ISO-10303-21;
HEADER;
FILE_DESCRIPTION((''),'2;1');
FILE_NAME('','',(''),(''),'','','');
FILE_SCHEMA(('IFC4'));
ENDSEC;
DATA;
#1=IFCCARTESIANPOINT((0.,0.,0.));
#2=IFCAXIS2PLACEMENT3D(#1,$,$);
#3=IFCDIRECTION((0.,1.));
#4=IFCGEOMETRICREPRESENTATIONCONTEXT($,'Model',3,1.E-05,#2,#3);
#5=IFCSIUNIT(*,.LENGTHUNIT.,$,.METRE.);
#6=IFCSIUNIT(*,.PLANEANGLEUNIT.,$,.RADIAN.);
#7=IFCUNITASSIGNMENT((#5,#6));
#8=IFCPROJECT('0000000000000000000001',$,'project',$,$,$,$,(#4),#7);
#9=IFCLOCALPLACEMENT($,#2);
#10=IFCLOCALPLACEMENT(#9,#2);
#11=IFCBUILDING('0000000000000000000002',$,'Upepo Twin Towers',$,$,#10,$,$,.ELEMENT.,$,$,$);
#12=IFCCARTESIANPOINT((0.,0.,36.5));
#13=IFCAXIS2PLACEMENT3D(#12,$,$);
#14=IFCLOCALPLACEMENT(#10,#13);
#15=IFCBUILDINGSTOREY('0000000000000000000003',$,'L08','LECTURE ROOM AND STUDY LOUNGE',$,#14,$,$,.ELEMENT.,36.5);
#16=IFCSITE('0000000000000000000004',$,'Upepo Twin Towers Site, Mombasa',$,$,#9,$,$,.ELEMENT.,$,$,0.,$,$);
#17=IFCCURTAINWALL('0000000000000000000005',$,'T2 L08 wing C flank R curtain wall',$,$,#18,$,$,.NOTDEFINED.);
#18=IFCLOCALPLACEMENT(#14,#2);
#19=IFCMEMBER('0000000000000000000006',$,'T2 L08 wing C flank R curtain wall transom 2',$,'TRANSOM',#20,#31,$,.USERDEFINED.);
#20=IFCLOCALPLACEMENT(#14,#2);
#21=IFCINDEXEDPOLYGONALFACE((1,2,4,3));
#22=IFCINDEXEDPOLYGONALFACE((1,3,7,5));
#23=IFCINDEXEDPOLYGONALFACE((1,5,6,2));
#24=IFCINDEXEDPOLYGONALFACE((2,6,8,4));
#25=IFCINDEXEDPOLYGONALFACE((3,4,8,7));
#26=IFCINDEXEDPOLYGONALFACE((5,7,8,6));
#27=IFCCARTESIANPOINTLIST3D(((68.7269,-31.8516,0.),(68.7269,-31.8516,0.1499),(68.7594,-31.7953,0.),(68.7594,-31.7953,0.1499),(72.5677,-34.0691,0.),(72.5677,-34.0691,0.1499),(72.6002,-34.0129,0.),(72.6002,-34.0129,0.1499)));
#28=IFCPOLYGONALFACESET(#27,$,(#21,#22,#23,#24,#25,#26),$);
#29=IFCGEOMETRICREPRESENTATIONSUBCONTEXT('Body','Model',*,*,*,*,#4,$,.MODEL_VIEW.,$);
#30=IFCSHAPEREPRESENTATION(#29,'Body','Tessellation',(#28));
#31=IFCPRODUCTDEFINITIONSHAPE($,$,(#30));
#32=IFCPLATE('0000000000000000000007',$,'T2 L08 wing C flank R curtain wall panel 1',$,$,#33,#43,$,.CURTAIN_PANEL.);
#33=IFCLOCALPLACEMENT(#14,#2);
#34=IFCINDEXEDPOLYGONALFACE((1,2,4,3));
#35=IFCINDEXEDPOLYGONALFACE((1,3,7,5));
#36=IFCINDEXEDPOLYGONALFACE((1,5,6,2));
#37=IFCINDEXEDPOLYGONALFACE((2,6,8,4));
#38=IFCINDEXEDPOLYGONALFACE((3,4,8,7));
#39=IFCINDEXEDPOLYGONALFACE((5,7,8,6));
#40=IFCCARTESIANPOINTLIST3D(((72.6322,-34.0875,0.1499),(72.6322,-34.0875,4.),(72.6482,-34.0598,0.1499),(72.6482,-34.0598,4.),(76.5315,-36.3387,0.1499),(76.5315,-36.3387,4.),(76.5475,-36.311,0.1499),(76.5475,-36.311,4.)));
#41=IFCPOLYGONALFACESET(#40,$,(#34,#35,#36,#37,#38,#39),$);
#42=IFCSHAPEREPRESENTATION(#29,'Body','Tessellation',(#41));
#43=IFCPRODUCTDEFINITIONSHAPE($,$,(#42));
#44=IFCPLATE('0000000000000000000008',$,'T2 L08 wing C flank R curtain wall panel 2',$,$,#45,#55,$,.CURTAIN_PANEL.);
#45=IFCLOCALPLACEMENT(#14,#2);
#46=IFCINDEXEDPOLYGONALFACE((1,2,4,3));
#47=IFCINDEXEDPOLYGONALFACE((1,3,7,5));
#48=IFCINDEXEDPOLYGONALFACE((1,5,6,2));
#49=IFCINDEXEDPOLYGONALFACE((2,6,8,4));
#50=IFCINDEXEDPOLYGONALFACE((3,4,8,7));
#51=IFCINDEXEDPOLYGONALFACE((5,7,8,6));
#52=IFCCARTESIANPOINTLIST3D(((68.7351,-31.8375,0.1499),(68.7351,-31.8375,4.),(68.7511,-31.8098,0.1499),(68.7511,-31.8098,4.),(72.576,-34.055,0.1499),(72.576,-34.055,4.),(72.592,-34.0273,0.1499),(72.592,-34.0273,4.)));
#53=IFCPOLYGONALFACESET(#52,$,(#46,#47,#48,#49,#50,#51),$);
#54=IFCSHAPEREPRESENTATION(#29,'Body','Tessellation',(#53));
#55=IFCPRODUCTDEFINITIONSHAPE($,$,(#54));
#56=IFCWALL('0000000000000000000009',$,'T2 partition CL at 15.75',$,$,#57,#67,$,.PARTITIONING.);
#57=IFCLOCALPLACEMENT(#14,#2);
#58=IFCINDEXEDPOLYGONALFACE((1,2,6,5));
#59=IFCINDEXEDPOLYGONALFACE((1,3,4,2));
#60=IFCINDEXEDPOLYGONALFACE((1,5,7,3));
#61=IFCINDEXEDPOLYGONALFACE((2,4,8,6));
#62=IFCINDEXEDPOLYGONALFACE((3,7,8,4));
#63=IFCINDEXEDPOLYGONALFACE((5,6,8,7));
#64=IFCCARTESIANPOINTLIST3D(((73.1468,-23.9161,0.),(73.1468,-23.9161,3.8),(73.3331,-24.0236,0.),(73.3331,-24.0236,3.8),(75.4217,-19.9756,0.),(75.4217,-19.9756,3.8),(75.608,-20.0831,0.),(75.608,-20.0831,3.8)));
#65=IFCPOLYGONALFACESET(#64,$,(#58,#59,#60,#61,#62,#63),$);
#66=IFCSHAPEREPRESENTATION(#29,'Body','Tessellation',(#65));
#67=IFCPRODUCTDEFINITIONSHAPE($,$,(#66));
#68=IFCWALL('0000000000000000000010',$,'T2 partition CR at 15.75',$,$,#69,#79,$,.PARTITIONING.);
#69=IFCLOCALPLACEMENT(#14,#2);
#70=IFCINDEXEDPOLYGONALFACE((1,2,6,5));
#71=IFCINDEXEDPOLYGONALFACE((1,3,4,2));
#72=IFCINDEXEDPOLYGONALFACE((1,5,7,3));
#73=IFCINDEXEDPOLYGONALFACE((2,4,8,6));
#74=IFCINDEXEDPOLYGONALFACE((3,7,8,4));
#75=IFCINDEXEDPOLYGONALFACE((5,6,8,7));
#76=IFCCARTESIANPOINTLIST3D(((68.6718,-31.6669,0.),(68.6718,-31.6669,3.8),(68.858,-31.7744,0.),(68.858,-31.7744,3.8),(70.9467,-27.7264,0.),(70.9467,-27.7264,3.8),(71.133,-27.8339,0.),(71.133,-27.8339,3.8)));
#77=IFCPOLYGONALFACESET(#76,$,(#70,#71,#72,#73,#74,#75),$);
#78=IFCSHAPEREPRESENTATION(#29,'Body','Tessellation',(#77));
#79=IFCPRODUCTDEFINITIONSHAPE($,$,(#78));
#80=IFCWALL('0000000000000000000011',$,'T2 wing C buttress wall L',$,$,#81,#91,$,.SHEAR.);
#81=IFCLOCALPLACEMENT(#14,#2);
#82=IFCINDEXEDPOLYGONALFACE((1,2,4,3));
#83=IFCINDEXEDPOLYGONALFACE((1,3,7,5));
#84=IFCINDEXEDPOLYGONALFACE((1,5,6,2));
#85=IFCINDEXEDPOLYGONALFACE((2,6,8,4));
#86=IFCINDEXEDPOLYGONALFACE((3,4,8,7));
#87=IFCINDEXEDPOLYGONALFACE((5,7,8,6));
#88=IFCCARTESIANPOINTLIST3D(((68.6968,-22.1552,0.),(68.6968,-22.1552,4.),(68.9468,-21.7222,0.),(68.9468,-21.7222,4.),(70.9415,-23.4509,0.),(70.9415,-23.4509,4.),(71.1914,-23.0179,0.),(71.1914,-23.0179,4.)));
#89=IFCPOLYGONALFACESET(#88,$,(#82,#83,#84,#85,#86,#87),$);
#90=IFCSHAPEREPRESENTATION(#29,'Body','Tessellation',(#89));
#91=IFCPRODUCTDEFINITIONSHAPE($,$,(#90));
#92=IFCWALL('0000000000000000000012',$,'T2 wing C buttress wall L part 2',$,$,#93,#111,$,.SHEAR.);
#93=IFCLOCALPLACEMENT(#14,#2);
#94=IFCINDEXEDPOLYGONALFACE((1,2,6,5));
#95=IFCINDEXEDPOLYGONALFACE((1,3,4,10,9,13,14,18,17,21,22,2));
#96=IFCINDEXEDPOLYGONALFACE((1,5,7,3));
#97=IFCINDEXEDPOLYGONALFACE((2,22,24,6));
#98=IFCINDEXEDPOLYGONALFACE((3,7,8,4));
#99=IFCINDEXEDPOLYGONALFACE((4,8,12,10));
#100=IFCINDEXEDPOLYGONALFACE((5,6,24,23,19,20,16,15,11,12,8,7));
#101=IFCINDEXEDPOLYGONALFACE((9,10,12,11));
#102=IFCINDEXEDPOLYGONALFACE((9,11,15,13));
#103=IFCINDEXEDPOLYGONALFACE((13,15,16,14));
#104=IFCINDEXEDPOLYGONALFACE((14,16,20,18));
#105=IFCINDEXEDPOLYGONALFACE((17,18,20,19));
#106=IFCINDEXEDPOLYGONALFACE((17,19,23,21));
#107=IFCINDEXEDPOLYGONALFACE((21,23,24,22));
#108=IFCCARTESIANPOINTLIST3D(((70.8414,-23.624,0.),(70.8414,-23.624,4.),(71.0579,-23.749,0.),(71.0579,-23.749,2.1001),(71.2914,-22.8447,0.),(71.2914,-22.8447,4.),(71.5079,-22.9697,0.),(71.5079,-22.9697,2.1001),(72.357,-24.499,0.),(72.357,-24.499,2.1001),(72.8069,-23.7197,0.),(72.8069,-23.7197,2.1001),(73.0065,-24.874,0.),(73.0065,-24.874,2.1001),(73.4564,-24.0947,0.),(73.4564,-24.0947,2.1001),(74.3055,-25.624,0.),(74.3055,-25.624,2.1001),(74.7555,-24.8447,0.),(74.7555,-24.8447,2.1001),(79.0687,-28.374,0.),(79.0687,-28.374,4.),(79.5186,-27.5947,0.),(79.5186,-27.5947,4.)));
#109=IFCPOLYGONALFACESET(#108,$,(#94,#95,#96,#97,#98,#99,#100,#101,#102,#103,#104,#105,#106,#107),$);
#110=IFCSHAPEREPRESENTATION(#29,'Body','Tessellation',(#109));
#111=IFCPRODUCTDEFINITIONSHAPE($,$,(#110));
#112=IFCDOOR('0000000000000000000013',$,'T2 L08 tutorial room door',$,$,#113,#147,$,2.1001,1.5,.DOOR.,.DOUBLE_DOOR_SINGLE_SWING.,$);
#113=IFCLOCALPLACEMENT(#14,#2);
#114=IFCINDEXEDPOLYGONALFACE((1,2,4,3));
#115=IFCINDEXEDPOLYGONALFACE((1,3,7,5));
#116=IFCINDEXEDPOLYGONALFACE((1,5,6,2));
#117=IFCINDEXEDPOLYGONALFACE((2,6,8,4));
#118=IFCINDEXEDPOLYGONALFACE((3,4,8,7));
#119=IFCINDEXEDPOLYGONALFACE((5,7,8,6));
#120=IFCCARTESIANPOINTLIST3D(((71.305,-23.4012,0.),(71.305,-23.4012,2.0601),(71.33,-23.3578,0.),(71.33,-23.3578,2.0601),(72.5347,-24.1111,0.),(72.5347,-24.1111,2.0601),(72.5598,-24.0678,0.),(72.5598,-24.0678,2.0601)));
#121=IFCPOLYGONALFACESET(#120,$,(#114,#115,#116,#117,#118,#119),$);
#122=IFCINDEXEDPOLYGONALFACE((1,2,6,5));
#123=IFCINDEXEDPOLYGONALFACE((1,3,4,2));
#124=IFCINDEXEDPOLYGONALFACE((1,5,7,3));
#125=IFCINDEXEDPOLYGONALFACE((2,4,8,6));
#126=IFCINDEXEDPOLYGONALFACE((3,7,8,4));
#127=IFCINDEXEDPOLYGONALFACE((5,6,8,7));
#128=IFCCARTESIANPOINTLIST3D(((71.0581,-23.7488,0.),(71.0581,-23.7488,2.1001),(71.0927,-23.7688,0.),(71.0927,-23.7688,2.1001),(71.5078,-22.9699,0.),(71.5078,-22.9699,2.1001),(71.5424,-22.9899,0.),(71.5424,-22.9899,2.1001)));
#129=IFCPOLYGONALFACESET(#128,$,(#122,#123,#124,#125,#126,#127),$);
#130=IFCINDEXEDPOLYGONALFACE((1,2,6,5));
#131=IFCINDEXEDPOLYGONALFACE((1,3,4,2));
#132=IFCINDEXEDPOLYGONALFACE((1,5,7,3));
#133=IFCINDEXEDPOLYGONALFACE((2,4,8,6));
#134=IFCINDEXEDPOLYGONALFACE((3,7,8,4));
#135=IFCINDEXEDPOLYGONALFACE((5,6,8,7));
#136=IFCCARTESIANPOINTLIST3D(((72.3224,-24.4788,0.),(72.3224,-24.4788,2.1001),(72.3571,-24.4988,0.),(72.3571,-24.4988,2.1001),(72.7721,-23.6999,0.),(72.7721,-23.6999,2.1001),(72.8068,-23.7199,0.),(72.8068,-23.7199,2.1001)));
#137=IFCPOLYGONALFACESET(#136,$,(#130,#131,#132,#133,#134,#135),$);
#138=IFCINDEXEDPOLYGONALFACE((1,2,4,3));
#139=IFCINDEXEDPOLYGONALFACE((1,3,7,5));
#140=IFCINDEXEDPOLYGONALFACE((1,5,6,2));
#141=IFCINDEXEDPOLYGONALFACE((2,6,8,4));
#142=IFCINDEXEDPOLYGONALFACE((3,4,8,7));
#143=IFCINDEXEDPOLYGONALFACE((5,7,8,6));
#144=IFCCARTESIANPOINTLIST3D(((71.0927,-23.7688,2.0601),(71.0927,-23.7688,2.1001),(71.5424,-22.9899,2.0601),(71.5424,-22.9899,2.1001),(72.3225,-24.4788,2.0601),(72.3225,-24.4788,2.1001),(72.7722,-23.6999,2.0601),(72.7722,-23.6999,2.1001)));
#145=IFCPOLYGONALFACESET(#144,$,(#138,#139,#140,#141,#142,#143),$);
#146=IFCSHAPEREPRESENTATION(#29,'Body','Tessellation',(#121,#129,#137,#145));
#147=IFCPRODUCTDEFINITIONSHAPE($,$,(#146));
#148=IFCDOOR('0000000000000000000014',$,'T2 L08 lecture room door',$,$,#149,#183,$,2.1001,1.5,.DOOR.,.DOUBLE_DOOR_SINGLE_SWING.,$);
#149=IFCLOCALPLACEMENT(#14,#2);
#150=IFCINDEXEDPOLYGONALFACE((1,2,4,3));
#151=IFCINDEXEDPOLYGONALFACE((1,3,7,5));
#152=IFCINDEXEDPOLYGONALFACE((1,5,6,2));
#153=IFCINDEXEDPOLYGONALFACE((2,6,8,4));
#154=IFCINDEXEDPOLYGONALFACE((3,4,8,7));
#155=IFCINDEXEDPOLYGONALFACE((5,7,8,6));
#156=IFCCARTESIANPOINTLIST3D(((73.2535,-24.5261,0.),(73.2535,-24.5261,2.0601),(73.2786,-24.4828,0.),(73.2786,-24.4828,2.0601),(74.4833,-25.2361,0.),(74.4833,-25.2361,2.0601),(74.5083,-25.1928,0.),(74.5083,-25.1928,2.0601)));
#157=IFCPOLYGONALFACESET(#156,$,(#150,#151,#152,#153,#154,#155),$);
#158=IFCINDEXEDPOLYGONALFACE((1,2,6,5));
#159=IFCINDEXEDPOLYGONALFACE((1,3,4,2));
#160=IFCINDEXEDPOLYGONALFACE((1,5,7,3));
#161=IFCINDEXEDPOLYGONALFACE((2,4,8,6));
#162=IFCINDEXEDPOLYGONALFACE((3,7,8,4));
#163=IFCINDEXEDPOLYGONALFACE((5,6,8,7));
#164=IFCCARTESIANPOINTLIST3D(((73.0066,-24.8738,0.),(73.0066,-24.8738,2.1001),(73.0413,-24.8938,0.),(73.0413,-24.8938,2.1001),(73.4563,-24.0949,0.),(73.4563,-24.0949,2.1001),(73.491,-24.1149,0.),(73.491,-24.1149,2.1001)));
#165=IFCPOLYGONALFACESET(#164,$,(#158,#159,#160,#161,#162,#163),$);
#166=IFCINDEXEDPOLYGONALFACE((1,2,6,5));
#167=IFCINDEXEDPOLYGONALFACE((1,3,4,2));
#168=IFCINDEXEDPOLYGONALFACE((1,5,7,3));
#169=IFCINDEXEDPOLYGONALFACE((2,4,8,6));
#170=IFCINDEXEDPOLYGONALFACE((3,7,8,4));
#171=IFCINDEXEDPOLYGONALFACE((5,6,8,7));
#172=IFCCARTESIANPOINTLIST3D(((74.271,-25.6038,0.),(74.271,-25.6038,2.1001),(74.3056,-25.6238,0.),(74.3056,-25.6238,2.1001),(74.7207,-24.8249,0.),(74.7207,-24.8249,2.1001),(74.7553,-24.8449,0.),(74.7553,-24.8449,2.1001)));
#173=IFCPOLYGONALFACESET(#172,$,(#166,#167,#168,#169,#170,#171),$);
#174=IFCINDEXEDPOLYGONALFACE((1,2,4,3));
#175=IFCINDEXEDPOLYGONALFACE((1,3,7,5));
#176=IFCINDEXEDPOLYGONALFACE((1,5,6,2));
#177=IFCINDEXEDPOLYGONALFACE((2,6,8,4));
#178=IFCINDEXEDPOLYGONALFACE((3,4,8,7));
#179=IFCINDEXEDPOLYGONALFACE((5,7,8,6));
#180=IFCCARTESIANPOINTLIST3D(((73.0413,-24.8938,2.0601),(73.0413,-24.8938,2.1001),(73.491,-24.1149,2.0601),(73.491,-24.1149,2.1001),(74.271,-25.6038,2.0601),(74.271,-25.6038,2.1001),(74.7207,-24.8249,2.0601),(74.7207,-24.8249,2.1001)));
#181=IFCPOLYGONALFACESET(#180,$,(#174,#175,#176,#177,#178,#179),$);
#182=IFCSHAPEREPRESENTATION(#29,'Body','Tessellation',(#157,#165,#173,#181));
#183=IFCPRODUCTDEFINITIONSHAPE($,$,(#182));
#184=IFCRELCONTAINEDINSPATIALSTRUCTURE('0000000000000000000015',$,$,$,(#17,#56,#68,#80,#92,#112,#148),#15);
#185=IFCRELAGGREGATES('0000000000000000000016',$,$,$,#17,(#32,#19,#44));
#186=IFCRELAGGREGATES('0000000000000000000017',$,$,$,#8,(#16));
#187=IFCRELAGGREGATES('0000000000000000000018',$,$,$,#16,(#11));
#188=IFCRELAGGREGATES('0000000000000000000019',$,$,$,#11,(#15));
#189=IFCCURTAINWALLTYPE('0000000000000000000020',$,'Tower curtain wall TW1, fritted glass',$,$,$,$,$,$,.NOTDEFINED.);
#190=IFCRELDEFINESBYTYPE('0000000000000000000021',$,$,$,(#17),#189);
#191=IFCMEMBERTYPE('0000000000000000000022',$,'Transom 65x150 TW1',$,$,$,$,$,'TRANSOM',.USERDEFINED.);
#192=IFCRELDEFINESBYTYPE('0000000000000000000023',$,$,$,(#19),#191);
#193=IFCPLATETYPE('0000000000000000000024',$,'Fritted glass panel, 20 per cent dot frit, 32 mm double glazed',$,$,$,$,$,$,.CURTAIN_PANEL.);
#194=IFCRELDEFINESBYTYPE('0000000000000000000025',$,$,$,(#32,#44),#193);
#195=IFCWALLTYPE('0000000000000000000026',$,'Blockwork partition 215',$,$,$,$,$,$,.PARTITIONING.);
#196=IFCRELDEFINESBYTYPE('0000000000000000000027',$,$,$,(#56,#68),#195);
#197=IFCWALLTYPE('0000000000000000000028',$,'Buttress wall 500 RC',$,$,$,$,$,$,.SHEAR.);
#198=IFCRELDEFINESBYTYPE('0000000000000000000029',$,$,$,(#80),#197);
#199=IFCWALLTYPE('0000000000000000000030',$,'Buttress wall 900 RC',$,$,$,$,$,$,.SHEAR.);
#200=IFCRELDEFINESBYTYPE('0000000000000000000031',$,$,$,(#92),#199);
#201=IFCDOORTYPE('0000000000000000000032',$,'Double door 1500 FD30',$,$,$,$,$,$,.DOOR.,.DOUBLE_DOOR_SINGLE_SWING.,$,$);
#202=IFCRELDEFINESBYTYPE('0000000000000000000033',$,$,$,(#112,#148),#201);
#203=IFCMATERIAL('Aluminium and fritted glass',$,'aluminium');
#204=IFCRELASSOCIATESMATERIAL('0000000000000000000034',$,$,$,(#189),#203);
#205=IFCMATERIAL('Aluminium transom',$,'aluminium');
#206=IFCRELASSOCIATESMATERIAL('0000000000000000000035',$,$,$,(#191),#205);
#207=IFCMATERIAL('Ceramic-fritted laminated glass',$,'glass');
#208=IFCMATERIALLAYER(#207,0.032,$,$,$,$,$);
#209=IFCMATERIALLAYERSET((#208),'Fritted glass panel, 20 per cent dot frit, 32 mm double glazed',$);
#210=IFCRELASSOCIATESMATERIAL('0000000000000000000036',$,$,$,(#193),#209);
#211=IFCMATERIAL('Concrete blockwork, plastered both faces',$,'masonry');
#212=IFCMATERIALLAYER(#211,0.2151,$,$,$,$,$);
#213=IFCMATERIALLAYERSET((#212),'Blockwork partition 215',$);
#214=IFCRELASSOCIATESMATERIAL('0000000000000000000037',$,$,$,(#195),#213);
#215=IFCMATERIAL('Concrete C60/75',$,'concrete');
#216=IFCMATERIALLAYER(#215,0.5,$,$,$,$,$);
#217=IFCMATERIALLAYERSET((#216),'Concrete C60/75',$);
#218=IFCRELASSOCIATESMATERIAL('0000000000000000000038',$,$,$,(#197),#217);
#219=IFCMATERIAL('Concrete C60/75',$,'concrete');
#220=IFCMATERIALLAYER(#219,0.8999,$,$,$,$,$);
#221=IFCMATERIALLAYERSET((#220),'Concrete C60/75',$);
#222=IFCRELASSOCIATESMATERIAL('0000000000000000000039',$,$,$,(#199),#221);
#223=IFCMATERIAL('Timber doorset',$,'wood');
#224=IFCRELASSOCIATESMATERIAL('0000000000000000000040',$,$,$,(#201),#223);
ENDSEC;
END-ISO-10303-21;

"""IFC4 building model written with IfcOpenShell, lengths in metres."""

from ifc_helpers import new_model, si_unit, direction, frame, frame_2d, origin, origin_2d, place, context, subcontext, project, spatial, rectangle, extrude, material, layer, layer_set, material_profile, profile_set, type_object, element, fill, aggregate, save


model = new_model("IFC4")

# Units and contexts
model_context = context("Model", 3, precision=1e-05, world=origin(), true_north=direction((0.0, 1.0)))
body_context = subcontext(model_context, "Body", "Model", "MODEL_VIEW")
ifc_project = project(units=[si_unit("LENGTHUNIT", "METRE"), si_unit("PLANEANGLEUNIT", "RADIAN")], contexts=[model_context])

# Site, building, storey
site_placement = place(None, origin())
site = spatial("IfcSite", under=ifc_project, at=site_placement, Name="Upepo Twin Towers Site, Mombasa", CompositionType="ELEMENT", RefElevation=0.0)
building_placement = place(site_placement, origin())
building = spatial("IfcBuilding", under=site, at=building_placement, Name="Upepo Twin Towers", CompositionType="ELEMENT")
storey_placement = place(building_placement, frame((0.0, 0.0, 36.5)))
storey = spatial("IfcBuildingStorey", under=building, at=storey_placement, Name="L08", Description="LECTURE ROOM AND STUDY LOUNGE", CompositionType="ELEMENT", Elevation=36.5)

# Curtain wall, member, plates
ifc_material_1 = material(Name="Aluminium and fritted glass", Category="aluminium")
curtain_wall_type = type_object("IfcCurtainWallType", Name="Tower curtain wall TW1, fritted glass", PredefinedType="NOTDEFINED", material=ifc_material_1)
curtain_wall_placement = place(storey_placement, origin())
curtain_wall = element("IfcCurtainWall", 1, at=curtain_wall_placement, inside=storey, type_object=curtain_wall_type, Name="T2 L08 wing C flank R curtain wall", PredefinedType="NOTDEFINED")
ifc_material_2 = material(Name="Aluminium transom", Category="aluminium")
ifc_material_profile_1 = material_profile(ifc_material_2, rectangle(XDim=0.0649, YDim=0.1499, at=origin_2d()), Name="TRANSOM 65x150")
ifc_profile_set_1 = profile_set([ifc_material_profile_1], Name="Aluminium transom")
member_type_1 = type_object("IfcMemberType", Name="Transom 65x150 TW1", ElementType="TRANSOM", PredefinedType="USERDEFINED", material=ifc_profile_set_1)
member_1_placement = place(storey_placement, frame((72.584, -34.041, 0.075), z_axis=(-0.866022, 0.500005, 0.0), x_axis=(-0.500005, -0.866022, 0.0)))
member_1 = element("IfcMember", 2, at=member_1_placement, type_object=member_type_1, Name="T2 L08 wing C flank R curtain wall transom 2", ObjectType="TRANSOM", PredefinedType="USERDEFINED", context=body_context, shape_type="SweptSolid", body=[
    extrude(rectangle(XDim=0.0649, YDim=0.1499, at=origin_2d()), origin(), (0.0, 0.0, 1.0), 4.4351),
])
ifc_material_3 = material(Name="Ceramic-fritted laminated glass", Category="glass")
ifc_layer_1 = layer(ifc_material_3, 0.032)
ifc_layer_set_1 = layer_set([ifc_layer_1], Name="Fritted glass panel, 20 per cent dot frit, 32 mm double glazed")
plate_type = type_object("IfcPlateType", Name="Fritted glass panel, 20 per cent dot frit, 32 mm double glazed", PredefinedType="CURTAIN_PANEL", material=ifc_layer_set_1)
plate_1_placement = place(storey_placement, frame((74.5898, -35.1992, 0.1499), z_axis=(0.0, 0.0, 1.0), x_axis=(-0.866025, 0.5, 0.0)))
plate_1 = element("IfcPlate", 3, at=plate_1_placement, type_object=plate_type, Name="T2 L08 wing C flank R curtain wall panel 1", PredefinedType="CURTAIN_PANEL", context=body_context, shape_type="SweptSolid", body=[
    extrude(rectangle(XDim=4.5024, YDim=0.032, at=origin_2d()), origin(), (0.0, 0.0, 1.0), 3.8501),
])
plate_2_placement = place(storey_placement, frame((70.6636, -32.9324, 0.1499), z_axis=(0.0, 0.0, 1.0), x_axis=(-0.866025, 0.5, 0.0)))
plate_2 = element("IfcPlate", 4, at=plate_2_placement, type_object=plate_type, Name="T2 L08 wing C flank R curtain wall panel 2", PredefinedType="CURTAIN_PANEL", context=body_context, shape_type="SweptSolid", body=[
    extrude(rectangle(XDim=4.4351, YDim=0.032, at=origin_2d()), origin(), (0.0, 0.0, 1.0), 3.8501),
])
aggregate(curtain_wall, [plate_1, member_1, plate_2])

# Walls
ifc_material_4 = material(Name="Concrete blockwork, plastered both faces", Category="masonry")
ifc_layer_2 = layer(ifc_material_4, 0.2151)
ifc_layer_set_2 = layer_set([ifc_layer_2], Name="Blockwork partition 215")
wall_type_1 = type_object("IfcWallType", Name="Blockwork partition 215", PredefinedType="PARTITIONING", material=ifc_layer_set_2)
for number, where, z_axis, x_axis, name in (
    (5, (73.24, -23.9697, 0.0), (0.0, 0.0, 1.0), (0.499983, 0.866035, 0.0), "T2 partition CL at 15.75"),
    (6, (71.0398, -27.7803, 0.0), (0.0, 0.0, 1.0), (-0.499983, -0.866035, 0.0), "T2 partition CR at 15.75"),
):
    element("IfcWall", number, at=place(storey_placement, frame(where, z_axis=z_axis, x_axis=x_axis)), inside=storey, type_object=wall_type_1, Name=name, PredefinedType="PARTITIONING", context=body_context, shape_type="SweptSolid", body=[
        extrude(rectangle(XDim=4.55, YDim=0.2151, at=frame_2d((2.2749, 0.0))), origin(), (0.0, 0.0, 1.0), 3.8),
    ])
ifc_material_5 = material(Name="Concrete C60/75", Category="concrete")
ifc_layer_3 = layer(ifc_material_5, 0.5)
ifc_layer_set_3 = layer_set([ifc_layer_3], Name="Concrete C60/75")
wall_type_2 = type_object("IfcWallType", Name="Buttress wall 500 RC", PredefinedType="SHEAR", material=ifc_layer_set_3)
wall_1_placement = place(storey_placement, frame((68.8218, -21.9387, 0.0), z_axis=(0.0, 0.0, 1.0), x_axis=(0.866073, -0.499918, 0.0)))
element("IfcWall", 7, at=wall_1_placement, inside=storey, type_object=wall_type_2, Name="T2 wing C buttress wall L", PredefinedType="SHEAR", context=body_context, shape_type="SweptSolid", body=[
    extrude(rectangle(XDim=2.5918, YDim=0.5, at=frame_2d((1.2959, 0.0))), origin(), (0.0, 0.0, 1.0), 4.0),
])

# Wall, openings, doors
ifc_material_6 = material(Name="Concrete C60/75", Category="concrete")
ifc_layer_4 = layer(ifc_material_6, 0.8999)
ifc_layer_set_4 = layer_set([ifc_layer_4], Name="Concrete C60/75")
wall_type_3 = type_object("IfcWallType", Name="Buttress wall 900 RC", PredefinedType="SHEAR", material=ifc_layer_set_4)
wall_2_placement = place(storey_placement, frame((71.0664, -23.2344, 0.0), z_axis=(0.0, 0.0, 1.0), x_axis=(0.866027, -0.499998, 0.0)))
wall_2 = element("IfcWall", 8, at=wall_2_placement, inside=storey, type_object=wall_type_3, Name="T2 wing C buttress wall L part 2", PredefinedType="SHEAR", context=body_context, shape_type="SweptSolid", body=[
    extrude(rectangle(XDim=9.5, YDim=0.8999, at=frame_2d((4.75, 0.0))), origin(), (0.0, 0.0, 1.0), 4.0),
])
opening_1_placement = place(wall_2_placement, frame((0.25, 0.0, 0.0)))
opening_1 = element("IfcOpeningElement", 9, at=opening_1_placement, cuts=wall_2, PredefinedType="OPENING", context=body_context, shape_type="SweptSolid", body=[
    extrude(rectangle(XDim=1.5, YDim=2.1001, at=frame_2d((0.75, 1.05))), frame((0.0, 0.46, 0.0), z_axis=(0.0, -1.0, 0.0), x_axis=(1.0, 0.0, 0.0)), (0.0, 0.0, 1.0), 0.9199),
])
opening_2_placement = place(wall_2_placement, frame((2.5, 0.0, 0.0)))
opening_2 = element("IfcOpeningElement", 10, at=opening_2_placement, cuts=wall_2, PredefinedType="OPENING", context=body_context, shape_type="SweptSolid", body=[
    extrude(rectangle(XDim=1.5, YDim=2.1001, at=frame_2d((0.75, 1.05))), frame((0.0, 0.46, 0.0), z_axis=(0.0, -1.0, 0.0), x_axis=(1.0, 0.0, 0.0)), (0.0, 0.0, 1.0), 0.9199),
])
ifc_material_7 = material(Name="Timber doorset", Category="wood")
door_type = type_object("IfcDoorType", Name="Double door 1500 FD30", OperationType="DOUBLE_DOOR_SINGLE_SWING", PredefinedType="DOOR", material=ifc_material_7)
door_1_placement = place(opening_1_placement, origin())
door_1 = element("IfcDoor", 11, at=door_1_placement, inside=storey, type_object=door_type, Name="T2 L08 tutorial room door", OperationType="DOUBLE_DOOR_SINGLE_SWING", OverallHeight=2.1001, OverallWidth=1.5, PredefinedType="DOOR", context=body_context, shape_type="SweptSolid", body=[
    extrude(rectangle(XDim=1.42, YDim=2.0601, at=frame_2d((0.75, 1.03))), frame((0.0, 0.0249, 0.0), z_axis=(0.0, -1.0, 0.0), x_axis=(1.0, 0.0, 0.0)), (0.0, 0.0, 1.0), 0.05),
    extrude(rectangle(XDim=0.04, YDim=2.1001, at=frame_2d((0.02, 1.05))), frame((0.0, 0.4497, 0.0), z_axis=(0.0, -1.0, 0.0), x_axis=(1.0, 0.0, 0.0)), (0.0, 0.0, 1.0), 0.8994),
    extrude(rectangle(XDim=0.04, YDim=2.1001, at=frame_2d((1.48, 1.05))), frame((0.0, 0.4497, 0.0), z_axis=(0.0, -1.0, 0.0), x_axis=(1.0, 0.0, 0.0)), (0.0, 0.0, 1.0), 0.8994),
    extrude(rectangle(XDim=1.42, YDim=0.04, at=frame_2d((0.75, 2.0801))), frame((0.0, 0.4497, 0.0), z_axis=(0.0, -1.0, 0.0), x_axis=(1.0, 0.0, 0.0)), (0.0, 0.0, 1.0), 0.8994),
])
fill(opening_1, door_1)
door_2_placement = place(opening_2_placement, origin())
door_2 = element("IfcDoor", 12, at=door_2_placement, inside=storey, type_object=door_type, Name="T2 L08 lecture room door", OperationType="DOUBLE_DOOR_SINGLE_SWING", OverallHeight=2.1001, OverallWidth=1.5, PredefinedType="DOOR", context=body_context, shape_type="SweptSolid", body=[
    extrude(rectangle(XDim=1.42, YDim=2.0601, at=frame_2d((0.75, 1.03))), frame((0.0, 0.0249, 0.0), z_axis=(0.0, -1.0, 0.0), x_axis=(1.0, 0.0, 0.0)), (0.0, 0.0, 1.0), 0.05),
    extrude(rectangle(XDim=0.04, YDim=2.1001, at=frame_2d((0.02, 1.05))), frame((0.0, 0.4497, 0.0), z_axis=(0.0, -1.0, 0.0), x_axis=(1.0, 0.0, 0.0)), (0.0, 0.0, 1.0), 0.8994),
    extrude(rectangle(XDim=0.04, YDim=2.1001, at=frame_2d((1.48, 1.05))), frame((0.0, 0.4497, 0.0), z_axis=(0.0, -1.0, 0.0), x_axis=(1.0, 0.0, 0.0)), (0.0, 0.0, 1.0), 0.8994),
    extrude(rectangle(XDim=1.42, YDim=0.04, at=frame_2d((0.75, 2.0801))), frame((0.0, 0.4497, 0.0), z_axis=(0.0, -1.0, 0.0), x_axis=(1.0, 0.0, 0.0)), (0.0, 0.0, 1.0), 0.8994),
])
fill(opening_2, door_2)

save(model, "model.ifc")
